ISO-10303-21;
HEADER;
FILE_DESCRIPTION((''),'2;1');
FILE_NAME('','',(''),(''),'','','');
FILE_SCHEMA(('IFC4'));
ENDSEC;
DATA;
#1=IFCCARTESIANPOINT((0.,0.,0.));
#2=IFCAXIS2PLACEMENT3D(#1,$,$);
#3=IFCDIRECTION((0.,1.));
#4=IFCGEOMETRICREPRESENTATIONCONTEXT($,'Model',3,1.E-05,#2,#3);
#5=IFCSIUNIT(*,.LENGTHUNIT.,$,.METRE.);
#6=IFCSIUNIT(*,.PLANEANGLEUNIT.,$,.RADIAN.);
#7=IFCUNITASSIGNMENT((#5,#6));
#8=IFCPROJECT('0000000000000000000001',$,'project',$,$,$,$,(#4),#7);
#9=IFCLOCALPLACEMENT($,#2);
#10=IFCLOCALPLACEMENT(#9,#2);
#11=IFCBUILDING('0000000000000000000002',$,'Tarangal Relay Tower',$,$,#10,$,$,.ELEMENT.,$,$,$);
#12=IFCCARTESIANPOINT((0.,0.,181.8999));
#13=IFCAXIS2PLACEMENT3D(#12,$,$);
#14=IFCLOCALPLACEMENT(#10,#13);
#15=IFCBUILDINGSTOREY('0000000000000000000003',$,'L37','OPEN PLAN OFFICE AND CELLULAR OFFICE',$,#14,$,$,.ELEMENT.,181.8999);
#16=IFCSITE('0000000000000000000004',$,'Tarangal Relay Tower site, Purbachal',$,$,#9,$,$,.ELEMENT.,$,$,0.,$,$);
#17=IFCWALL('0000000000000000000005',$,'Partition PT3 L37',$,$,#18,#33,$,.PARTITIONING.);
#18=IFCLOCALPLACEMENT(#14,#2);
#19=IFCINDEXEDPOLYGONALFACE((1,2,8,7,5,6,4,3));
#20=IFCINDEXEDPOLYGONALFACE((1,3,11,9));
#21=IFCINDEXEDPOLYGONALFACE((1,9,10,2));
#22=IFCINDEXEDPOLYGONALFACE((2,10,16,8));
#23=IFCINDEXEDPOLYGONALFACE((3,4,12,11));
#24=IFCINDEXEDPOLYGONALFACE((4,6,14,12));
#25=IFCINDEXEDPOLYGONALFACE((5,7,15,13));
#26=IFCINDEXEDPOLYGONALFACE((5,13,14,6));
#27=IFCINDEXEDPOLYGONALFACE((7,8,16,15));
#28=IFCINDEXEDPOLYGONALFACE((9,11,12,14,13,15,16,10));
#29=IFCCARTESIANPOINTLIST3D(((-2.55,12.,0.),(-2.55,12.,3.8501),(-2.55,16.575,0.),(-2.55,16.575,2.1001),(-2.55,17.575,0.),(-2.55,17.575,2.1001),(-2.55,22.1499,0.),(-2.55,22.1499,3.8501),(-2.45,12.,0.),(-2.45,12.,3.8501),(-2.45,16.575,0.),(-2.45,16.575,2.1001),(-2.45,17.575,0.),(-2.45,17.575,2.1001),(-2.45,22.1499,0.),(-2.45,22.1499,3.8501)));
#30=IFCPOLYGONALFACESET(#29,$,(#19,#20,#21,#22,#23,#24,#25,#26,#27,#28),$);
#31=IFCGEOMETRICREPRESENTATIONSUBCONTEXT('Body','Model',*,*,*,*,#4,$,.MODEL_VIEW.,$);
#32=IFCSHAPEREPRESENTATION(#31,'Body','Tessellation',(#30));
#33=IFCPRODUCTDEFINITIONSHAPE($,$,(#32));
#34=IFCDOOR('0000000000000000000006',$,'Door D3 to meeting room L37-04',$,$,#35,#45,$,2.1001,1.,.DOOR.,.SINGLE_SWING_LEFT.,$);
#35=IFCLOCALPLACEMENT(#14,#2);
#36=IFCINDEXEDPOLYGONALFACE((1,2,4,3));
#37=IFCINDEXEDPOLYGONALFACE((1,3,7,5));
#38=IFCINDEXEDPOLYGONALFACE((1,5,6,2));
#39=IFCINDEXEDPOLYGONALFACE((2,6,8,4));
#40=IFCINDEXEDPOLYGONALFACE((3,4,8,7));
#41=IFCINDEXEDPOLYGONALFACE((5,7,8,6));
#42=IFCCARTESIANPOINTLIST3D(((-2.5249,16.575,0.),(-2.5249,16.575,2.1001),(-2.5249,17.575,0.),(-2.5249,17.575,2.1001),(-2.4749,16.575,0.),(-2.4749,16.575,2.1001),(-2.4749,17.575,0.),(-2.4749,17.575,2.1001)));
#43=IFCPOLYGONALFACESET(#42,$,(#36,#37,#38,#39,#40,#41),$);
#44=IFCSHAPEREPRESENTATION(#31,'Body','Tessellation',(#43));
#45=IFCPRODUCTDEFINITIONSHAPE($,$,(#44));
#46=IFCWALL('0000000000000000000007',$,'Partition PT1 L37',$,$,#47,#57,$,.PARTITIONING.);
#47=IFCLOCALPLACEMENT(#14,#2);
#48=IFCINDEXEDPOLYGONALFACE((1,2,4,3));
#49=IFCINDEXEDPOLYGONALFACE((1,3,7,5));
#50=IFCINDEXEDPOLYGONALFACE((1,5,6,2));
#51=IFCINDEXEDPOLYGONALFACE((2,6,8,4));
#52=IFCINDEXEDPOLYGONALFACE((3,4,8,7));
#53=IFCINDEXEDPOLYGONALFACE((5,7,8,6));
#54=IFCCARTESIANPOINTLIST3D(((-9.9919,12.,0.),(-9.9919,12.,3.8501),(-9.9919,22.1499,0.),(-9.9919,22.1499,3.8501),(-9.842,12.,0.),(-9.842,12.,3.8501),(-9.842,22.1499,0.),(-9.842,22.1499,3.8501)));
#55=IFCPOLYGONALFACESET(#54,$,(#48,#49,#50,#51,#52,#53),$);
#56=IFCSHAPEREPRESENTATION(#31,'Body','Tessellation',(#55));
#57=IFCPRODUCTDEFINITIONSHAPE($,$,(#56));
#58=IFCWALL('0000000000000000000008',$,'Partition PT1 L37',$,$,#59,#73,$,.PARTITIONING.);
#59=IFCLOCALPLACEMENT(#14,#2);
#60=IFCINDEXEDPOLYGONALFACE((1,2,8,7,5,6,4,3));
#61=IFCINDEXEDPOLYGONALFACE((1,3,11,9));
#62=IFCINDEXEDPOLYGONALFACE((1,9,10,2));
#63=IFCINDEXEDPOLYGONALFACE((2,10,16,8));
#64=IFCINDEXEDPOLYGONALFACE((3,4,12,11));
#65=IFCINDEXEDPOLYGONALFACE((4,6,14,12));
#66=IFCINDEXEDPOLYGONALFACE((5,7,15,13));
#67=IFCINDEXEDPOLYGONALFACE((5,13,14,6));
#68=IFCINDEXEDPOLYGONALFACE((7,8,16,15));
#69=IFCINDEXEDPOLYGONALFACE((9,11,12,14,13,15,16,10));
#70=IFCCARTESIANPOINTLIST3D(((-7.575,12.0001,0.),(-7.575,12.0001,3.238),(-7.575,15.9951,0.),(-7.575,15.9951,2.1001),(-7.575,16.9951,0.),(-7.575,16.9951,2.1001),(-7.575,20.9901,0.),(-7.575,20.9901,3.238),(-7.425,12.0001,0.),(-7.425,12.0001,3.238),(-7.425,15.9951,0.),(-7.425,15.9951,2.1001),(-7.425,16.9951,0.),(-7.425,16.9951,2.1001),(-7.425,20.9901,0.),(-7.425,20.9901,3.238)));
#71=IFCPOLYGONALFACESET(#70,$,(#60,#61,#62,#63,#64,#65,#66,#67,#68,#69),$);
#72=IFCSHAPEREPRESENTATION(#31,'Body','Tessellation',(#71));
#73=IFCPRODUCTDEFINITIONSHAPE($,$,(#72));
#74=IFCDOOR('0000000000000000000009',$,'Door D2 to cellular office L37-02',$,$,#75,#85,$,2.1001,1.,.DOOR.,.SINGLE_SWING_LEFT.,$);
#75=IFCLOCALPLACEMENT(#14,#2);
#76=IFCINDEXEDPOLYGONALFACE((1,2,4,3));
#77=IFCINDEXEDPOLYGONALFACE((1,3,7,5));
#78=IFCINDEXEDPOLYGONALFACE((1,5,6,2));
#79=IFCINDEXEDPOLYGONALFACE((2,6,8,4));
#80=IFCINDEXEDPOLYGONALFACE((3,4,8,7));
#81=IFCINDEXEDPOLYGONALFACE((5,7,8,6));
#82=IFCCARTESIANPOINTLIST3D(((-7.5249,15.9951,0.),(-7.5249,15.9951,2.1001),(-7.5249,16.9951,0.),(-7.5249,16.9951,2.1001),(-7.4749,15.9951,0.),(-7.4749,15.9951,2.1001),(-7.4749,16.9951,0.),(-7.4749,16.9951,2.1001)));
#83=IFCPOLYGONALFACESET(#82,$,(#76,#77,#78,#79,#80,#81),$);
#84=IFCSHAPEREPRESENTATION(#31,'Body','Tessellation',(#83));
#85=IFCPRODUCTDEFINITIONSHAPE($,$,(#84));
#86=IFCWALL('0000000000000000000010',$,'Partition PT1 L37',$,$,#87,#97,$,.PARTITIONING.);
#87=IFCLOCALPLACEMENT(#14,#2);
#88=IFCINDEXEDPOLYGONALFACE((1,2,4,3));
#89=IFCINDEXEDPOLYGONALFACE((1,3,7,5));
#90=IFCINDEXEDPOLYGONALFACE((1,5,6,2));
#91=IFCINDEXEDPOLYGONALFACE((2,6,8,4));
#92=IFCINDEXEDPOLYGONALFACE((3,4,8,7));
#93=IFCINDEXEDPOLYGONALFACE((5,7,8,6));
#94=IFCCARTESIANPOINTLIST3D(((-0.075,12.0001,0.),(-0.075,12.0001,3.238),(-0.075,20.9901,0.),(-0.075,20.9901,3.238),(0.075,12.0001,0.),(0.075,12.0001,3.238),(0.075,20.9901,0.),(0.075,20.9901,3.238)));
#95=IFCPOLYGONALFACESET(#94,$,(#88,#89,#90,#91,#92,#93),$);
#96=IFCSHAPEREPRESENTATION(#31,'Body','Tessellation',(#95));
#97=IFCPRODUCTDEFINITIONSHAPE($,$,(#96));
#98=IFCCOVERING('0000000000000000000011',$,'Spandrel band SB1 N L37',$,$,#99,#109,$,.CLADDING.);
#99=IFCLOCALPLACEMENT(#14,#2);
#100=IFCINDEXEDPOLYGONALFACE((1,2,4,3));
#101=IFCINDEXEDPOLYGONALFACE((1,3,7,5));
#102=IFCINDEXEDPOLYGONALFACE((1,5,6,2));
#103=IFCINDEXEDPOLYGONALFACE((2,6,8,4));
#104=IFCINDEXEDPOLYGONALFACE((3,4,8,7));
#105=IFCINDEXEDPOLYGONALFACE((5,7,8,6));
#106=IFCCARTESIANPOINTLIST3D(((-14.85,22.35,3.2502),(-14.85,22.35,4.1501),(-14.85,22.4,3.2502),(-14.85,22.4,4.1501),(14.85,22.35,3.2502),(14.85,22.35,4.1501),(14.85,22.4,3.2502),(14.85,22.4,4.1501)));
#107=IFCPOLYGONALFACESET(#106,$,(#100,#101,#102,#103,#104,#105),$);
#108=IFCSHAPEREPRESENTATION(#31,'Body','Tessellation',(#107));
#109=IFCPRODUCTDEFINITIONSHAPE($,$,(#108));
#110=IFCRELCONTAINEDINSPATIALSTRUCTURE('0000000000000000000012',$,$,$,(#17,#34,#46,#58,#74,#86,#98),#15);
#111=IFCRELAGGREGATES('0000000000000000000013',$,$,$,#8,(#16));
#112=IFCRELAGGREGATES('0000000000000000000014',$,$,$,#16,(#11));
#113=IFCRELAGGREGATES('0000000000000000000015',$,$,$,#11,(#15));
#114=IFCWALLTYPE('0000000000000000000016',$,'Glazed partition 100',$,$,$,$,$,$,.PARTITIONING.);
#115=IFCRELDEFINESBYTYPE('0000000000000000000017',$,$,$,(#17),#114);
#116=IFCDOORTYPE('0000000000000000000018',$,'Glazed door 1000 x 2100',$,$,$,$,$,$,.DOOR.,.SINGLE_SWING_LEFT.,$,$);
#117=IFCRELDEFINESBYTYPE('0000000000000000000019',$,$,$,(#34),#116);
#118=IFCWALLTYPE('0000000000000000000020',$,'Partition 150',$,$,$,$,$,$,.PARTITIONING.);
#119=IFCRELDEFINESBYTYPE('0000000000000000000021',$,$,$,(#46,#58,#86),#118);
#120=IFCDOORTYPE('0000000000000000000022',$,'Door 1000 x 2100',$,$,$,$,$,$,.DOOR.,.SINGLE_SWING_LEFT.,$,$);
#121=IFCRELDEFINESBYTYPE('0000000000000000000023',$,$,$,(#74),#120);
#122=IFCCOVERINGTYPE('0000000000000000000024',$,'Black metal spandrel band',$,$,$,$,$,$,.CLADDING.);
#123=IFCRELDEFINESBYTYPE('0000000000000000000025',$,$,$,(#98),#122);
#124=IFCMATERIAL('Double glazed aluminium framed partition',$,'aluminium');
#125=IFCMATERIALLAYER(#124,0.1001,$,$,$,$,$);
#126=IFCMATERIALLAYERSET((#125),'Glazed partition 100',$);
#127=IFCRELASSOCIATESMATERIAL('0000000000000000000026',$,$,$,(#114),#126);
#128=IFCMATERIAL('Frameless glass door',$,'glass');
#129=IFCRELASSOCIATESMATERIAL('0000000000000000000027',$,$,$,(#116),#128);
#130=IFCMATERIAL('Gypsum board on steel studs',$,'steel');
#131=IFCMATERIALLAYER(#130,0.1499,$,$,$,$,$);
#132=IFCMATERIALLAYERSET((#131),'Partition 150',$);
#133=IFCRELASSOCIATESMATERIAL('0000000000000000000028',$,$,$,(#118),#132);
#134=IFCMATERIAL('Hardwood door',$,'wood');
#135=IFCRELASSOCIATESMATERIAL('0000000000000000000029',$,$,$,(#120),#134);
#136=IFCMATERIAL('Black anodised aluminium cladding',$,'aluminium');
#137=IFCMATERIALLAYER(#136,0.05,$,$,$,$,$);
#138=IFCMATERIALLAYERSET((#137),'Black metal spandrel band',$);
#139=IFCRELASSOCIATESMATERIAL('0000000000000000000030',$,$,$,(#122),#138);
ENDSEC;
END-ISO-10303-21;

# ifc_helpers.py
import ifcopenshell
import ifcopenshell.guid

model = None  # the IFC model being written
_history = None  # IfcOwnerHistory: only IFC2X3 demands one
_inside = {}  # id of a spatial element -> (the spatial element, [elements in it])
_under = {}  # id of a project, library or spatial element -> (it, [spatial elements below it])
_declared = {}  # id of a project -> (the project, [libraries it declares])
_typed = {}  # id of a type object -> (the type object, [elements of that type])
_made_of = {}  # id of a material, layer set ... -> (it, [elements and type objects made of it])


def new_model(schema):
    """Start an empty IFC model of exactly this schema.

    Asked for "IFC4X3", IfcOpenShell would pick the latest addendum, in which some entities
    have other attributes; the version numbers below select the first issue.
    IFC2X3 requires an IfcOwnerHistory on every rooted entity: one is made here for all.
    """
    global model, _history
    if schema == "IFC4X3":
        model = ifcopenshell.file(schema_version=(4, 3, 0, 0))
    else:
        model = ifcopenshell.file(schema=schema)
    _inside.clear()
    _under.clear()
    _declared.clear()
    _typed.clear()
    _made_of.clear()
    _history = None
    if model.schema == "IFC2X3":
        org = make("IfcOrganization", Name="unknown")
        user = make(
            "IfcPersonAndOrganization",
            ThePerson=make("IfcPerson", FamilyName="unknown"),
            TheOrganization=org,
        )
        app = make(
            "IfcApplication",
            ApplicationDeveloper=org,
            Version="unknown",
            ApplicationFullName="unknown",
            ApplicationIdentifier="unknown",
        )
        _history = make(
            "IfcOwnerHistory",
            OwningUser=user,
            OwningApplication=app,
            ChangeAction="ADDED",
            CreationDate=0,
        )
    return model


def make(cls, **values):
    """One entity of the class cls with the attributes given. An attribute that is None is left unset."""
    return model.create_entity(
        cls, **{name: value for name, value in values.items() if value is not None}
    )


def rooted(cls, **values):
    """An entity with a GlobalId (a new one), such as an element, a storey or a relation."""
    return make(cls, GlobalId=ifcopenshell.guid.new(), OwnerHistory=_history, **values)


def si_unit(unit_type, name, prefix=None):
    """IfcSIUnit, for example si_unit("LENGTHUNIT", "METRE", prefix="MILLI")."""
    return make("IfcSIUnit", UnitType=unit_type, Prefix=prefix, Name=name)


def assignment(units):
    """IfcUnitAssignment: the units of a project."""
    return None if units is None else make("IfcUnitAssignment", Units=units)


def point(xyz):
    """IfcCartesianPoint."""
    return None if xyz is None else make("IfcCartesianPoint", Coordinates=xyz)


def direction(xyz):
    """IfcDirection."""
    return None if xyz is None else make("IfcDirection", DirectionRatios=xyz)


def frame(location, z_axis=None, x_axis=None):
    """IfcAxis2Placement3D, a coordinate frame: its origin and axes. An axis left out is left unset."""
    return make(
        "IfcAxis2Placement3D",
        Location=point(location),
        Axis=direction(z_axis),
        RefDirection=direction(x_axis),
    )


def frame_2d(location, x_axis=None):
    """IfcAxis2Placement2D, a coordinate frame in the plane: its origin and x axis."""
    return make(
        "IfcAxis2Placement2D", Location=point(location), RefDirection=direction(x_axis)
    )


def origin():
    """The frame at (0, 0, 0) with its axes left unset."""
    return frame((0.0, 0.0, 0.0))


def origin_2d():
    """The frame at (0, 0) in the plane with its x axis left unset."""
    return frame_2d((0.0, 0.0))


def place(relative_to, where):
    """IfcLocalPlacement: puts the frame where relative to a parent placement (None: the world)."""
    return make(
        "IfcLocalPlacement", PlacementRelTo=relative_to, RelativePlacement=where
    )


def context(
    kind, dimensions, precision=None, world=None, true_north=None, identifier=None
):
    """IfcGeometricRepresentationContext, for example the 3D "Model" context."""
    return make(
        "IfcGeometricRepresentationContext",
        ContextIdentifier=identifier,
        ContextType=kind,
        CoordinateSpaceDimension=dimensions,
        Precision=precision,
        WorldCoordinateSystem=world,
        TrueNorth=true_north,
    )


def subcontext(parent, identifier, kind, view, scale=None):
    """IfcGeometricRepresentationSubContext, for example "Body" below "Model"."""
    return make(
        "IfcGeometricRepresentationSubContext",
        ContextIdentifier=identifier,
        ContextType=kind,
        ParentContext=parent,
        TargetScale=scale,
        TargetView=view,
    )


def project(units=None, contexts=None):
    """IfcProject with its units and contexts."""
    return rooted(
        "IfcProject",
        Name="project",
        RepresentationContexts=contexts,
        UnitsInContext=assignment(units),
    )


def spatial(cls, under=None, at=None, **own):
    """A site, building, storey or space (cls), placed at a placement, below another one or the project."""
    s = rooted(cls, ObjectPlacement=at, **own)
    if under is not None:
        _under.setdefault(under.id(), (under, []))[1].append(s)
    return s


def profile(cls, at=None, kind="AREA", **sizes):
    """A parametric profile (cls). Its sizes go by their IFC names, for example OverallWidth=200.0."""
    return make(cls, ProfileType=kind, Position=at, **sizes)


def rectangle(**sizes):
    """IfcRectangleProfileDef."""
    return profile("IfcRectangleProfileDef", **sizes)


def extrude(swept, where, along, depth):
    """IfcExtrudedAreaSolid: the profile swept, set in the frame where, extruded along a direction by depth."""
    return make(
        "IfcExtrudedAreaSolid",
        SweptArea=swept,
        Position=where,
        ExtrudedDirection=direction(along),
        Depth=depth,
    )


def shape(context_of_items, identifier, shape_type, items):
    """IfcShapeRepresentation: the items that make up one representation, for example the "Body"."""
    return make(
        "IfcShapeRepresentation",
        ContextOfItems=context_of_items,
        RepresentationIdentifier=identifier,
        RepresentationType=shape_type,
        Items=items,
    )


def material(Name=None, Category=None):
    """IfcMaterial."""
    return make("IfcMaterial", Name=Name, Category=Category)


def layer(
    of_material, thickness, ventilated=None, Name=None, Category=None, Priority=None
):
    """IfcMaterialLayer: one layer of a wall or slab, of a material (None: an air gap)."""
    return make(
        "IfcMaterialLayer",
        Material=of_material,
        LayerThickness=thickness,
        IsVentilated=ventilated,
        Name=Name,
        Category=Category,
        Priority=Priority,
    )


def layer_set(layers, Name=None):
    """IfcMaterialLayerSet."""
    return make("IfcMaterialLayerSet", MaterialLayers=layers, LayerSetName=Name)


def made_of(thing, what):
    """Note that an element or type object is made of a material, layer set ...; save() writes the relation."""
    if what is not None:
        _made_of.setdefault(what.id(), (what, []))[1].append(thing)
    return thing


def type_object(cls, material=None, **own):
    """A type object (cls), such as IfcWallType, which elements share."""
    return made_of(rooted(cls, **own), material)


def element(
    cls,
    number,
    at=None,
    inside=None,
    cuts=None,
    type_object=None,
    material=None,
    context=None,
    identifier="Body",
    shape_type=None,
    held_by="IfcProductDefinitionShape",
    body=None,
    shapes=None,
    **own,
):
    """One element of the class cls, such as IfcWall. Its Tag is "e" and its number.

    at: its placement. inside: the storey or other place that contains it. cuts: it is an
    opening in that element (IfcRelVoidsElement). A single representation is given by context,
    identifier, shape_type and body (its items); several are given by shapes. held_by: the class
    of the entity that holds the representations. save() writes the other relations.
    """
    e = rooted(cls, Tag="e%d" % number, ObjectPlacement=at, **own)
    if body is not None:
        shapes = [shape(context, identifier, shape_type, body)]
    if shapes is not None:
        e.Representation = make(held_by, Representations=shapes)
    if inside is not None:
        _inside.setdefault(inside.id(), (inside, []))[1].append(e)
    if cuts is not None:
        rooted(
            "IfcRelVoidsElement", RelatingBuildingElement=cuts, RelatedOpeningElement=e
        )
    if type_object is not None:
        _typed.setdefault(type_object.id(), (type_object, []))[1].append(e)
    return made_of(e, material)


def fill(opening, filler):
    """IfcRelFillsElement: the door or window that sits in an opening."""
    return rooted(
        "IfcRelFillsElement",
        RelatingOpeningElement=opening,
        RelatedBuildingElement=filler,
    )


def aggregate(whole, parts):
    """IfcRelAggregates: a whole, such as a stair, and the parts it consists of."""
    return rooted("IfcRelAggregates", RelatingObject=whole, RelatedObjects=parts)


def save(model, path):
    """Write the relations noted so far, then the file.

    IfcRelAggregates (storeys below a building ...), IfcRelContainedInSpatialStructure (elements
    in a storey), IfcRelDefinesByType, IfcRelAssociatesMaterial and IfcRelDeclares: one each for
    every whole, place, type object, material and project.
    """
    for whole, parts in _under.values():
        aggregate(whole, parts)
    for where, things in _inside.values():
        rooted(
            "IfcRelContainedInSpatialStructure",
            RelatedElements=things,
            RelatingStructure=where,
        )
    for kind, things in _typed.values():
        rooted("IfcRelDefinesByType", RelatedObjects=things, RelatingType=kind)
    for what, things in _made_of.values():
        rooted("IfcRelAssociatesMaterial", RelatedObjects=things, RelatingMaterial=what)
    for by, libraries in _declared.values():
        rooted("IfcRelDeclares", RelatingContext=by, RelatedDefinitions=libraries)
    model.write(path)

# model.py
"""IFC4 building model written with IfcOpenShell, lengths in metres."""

from ifc_helpers import new_model, si_unit, direction, frame, frame_2d, origin, origin_2d, place, context, subcontext, project, spatial, rectangle, extrude, material, layer, layer_set, type_object, element, fill, save


model = new_model("IFC4")

# Units and contexts
model_context = context("Model", 3, precision=1e-05, world=origin(), true_north=direction((0.0, 1.0)))
body_context = subcontext(model_context, "Body", "Model", "MODEL_VIEW")
ifc_project = project(units=[si_unit("LENGTHUNIT", "METRE"), si_unit("PLANEANGLEUNIT", "RADIAN")], contexts=[model_context])

# Site, building, storey
site_placement = place(None, origin())
site = spatial("IfcSite", under=ifc_project, at=site_placement, Name="Tarangal Relay Tower site, Purbachal", CompositionType="ELEMENT", RefElevation=0.0)
building_placement = place(site_placement, origin())
building = spatial("IfcBuilding", under=site, at=building_placement, Name="Tarangal Relay Tower", CompositionType="ELEMENT")
storey_placement = place(building_placement, frame((0.0, 0.0, 181.8999)))
storey = spatial("IfcBuildingStorey", under=building, at=storey_placement, Name="L37", Description="OPEN PLAN OFFICE AND CELLULAR OFFICE", CompositionType="ELEMENT", Elevation=181.8999)

# Wall, opening, door
ifc_material_1 = material(Name="Double glazed aluminium framed partition", Category="aluminium")
ifc_layer_1 = layer(ifc_material_1, 0.1001)
ifc_layer_set_1 = layer_set([ifc_layer_1], Name="Glazed partition 100")
wall_type_1 = type_object("IfcWallType", Name="Glazed partition 100", PredefinedType="PARTITIONING", material=ifc_layer_set_1)
wall_1_placement = place(storey_placement, frame((-2.5, 12.0, 0.0), z_axis=(0.0, 0.0, 1.0), x_axis=(0.0, 1.0, 0.0)))
wall_1 = element("IfcWall", 1, at=wall_1_placement, inside=storey, type_object=wall_type_1, Name="Partition PT3 L37", PredefinedType="PARTITIONING", context=body_context, shape_type="SweptSolid", body=[
    extrude(rectangle(XDim=10.1499, YDim=0.1001, at=frame_2d((5.075, 0.0))), origin(), (0.0, 0.0, 1.0), 3.8501),
])
opening_1_placement = place(wall_1_placement, frame((4.575, 0.0, 0.0)))
opening_1 = element("IfcOpeningElement", 2, at=opening_1_placement, cuts=wall_1, PredefinedType="OPENING", context=body_context, shape_type="SweptSolid", body=[
    extrude(rectangle(XDim=1.0, YDim=2.1001, at=frame_2d((0.5, 1.05))), frame((0.0, 0.0601, 0.0), z_axis=(0.0, -1.0, 0.0), x_axis=(1.0, 0.0, 0.0)), (0.0, 0.0, 1.0), 0.1201),
])
ifc_material_2 = material(Name="Frameless glass door", Category="glass")
door_type_1 = type_object("IfcDoorType", Name="Glazed door 1000 x 2100", OperationType="SINGLE_SWING_LEFT", PredefinedType="DOOR", material=ifc_material_2)
door_1_placement = place(opening_1_placement, origin())
door_1 = element("IfcDoor", 3, at=door_1_placement, inside=storey, type_object=door_type_1, Name="Door D3 to meeting room L37-04", OperationType="SINGLE_SWING_LEFT", OverallHeight=2.1001, OverallWidth=1.0, PredefinedType="DOOR", context=body_context, shape_type="SweptSolid", body=[
    extrude(rectangle(XDim=1.0, YDim=2.1001, at=frame_2d((0.5, 1.05))), frame((0.0, 0.0249, 0.0), z_axis=(0.0, -1.0, 0.0), x_axis=(1.0, 0.0, 0.0)), (0.0, 0.0, 1.0), 0.05),
])
fill(opening_1, door_1)

# Wall
ifc_material_3 = material(Name="Gypsum board on steel studs", Category="steel")
ifc_layer_2 = layer(ifc_material_3, 0.1499)
ifc_layer_set_2 = layer_set([ifc_layer_2], Name="Partition 150")
wall_type_2 = type_object("IfcWallType", Name="Partition 150", PredefinedType="PARTITIONING", material=ifc_layer_set_2)
wall_2_placement = place(storey_placement, frame((-9.917, 12.0, 0.0), z_axis=(0.0, 0.0, 1.0), x_axis=(0.0, 1.0, 0.0)))
element("IfcWall", 4, at=wall_2_placement, inside=storey, type_object=wall_type_2, Name="Partition PT1 L37", PredefinedType="PARTITIONING", context=body_context, shape_type="SweptSolid", body=[
    extrude(rectangle(XDim=10.1499, YDim=0.1499, at=frame_2d((5.075, 0.0))), origin(), (0.0, 0.0, 1.0), 3.8501),
])

# Wall, opening, door
wall_3_placement = place(storey_placement, frame((-7.5, 12.0, 0.0), z_axis=(0.0, 0.0, 1.0), x_axis=(0.0, 1.0, 0.0)))
wall_3 = element("IfcWall", 5, at=wall_3_placement, inside=storey, type_object=wall_type_2, Name="Partition PT1 L37", PredefinedType="PARTITIONING", context=body_context, shape_type="SweptSolid", body=[
    extrude(rectangle(XDim=8.99, YDim=0.1499, at=frame_2d((4.4951, 0.0))), origin(), (0.0, 0.0, 1.0), 3.238),
])
opening_2_placement = place(wall_3_placement, frame((3.9951, 0.0, 0.0)))
opening_2 = element("IfcOpeningElement", 6, at=opening_2_placement, cuts=wall_3, PredefinedType="OPENING", context=body_context, shape_type="SweptSolid", body=[
    extrude(rectangle(XDim=1.0, YDim=2.1001, at=frame_2d((0.5, 1.05))), frame((0.0, 0.085, 0.0), z_axis=(0.0, -1.0, 0.0), x_axis=(1.0, 0.0, 0.0)), (0.0, 0.0, 1.0), 0.1699),
])
ifc_material_4 = material(Name="Hardwood door", Category="wood")
door_type_2 = type_object("IfcDoorType", Name="Door 1000 x 2100", OperationType="SINGLE_SWING_LEFT", PredefinedType="DOOR", material=ifc_material_4)
door_2_placement = place(opening_2_placement, origin())
door_2 = element("IfcDoor", 7, at=door_2_placement, inside=storey, type_object=door_type_2, Name="Door D2 to cellular office L37-02", OperationType="SINGLE_SWING_LEFT", OverallHeight=2.1001, OverallWidth=1.0, PredefinedType="DOOR", context=body_context, shape_type="SweptSolid", body=[
    extrude(rectangle(XDim=1.0, YDim=2.1001, at=frame_2d((0.5, 1.05))), frame((0.0, 0.0249, 0.0), z_axis=(0.0, -1.0, 0.0), x_axis=(1.0, 0.0, 0.0)), (0.0, 0.0, 1.0), 0.05),
])
fill(opening_2, door_2)

# Wall
wall_4_placement = place(storey_placement, frame((0.0, 12.0, 0.0), z_axis=(0.0, 0.0, 1.0), x_axis=(0.0, 1.0, 0.0)))
element("IfcWall", 8, at=wall_4_placement, inside=storey, type_object=wall_type_2, Name="Partition PT1 L37", PredefinedType="PARTITIONING", context=body_context, shape_type="SweptSolid", body=[
    extrude(rectangle(XDim=8.99, YDim=0.1499, at=frame_2d((4.4951, 0.0))), origin(), (0.0, 0.0, 1.0), 3.238),
])

# Covering
ifc_material_5 = material(Name="Black anodised aluminium cladding", Category="aluminium")
ifc_layer_3 = layer(ifc_material_5, 0.05)
ifc_layer_set_3 = layer_set([ifc_layer_3], Name="Black metal spandrel band")
covering_type = type_object("IfcCoveringType", Name="Black metal spandrel band", PredefinedType="CLADDING", material=ifc_layer_set_3)
covering_placement = place(storey_placement, frame((0.0, 22.375, 3.2502), z_axis=(0.0, 0.0, 1.0), x_axis=(1.0, 0.0, 0.0)))
element("IfcCovering", 9, at=covering_placement, inside=storey, type_object=covering_type, Name="Spandrel band SB1 N L37", PredefinedType="CLADDING", context=body_context, shape_type="SweptSolid", body=[
    extrude(rectangle(XDim=29.7, YDim=0.05, at=origin_2d()), origin(), (0.0, 0.0, 1.0), 0.8999),
])

save(model, "model.ifc")
